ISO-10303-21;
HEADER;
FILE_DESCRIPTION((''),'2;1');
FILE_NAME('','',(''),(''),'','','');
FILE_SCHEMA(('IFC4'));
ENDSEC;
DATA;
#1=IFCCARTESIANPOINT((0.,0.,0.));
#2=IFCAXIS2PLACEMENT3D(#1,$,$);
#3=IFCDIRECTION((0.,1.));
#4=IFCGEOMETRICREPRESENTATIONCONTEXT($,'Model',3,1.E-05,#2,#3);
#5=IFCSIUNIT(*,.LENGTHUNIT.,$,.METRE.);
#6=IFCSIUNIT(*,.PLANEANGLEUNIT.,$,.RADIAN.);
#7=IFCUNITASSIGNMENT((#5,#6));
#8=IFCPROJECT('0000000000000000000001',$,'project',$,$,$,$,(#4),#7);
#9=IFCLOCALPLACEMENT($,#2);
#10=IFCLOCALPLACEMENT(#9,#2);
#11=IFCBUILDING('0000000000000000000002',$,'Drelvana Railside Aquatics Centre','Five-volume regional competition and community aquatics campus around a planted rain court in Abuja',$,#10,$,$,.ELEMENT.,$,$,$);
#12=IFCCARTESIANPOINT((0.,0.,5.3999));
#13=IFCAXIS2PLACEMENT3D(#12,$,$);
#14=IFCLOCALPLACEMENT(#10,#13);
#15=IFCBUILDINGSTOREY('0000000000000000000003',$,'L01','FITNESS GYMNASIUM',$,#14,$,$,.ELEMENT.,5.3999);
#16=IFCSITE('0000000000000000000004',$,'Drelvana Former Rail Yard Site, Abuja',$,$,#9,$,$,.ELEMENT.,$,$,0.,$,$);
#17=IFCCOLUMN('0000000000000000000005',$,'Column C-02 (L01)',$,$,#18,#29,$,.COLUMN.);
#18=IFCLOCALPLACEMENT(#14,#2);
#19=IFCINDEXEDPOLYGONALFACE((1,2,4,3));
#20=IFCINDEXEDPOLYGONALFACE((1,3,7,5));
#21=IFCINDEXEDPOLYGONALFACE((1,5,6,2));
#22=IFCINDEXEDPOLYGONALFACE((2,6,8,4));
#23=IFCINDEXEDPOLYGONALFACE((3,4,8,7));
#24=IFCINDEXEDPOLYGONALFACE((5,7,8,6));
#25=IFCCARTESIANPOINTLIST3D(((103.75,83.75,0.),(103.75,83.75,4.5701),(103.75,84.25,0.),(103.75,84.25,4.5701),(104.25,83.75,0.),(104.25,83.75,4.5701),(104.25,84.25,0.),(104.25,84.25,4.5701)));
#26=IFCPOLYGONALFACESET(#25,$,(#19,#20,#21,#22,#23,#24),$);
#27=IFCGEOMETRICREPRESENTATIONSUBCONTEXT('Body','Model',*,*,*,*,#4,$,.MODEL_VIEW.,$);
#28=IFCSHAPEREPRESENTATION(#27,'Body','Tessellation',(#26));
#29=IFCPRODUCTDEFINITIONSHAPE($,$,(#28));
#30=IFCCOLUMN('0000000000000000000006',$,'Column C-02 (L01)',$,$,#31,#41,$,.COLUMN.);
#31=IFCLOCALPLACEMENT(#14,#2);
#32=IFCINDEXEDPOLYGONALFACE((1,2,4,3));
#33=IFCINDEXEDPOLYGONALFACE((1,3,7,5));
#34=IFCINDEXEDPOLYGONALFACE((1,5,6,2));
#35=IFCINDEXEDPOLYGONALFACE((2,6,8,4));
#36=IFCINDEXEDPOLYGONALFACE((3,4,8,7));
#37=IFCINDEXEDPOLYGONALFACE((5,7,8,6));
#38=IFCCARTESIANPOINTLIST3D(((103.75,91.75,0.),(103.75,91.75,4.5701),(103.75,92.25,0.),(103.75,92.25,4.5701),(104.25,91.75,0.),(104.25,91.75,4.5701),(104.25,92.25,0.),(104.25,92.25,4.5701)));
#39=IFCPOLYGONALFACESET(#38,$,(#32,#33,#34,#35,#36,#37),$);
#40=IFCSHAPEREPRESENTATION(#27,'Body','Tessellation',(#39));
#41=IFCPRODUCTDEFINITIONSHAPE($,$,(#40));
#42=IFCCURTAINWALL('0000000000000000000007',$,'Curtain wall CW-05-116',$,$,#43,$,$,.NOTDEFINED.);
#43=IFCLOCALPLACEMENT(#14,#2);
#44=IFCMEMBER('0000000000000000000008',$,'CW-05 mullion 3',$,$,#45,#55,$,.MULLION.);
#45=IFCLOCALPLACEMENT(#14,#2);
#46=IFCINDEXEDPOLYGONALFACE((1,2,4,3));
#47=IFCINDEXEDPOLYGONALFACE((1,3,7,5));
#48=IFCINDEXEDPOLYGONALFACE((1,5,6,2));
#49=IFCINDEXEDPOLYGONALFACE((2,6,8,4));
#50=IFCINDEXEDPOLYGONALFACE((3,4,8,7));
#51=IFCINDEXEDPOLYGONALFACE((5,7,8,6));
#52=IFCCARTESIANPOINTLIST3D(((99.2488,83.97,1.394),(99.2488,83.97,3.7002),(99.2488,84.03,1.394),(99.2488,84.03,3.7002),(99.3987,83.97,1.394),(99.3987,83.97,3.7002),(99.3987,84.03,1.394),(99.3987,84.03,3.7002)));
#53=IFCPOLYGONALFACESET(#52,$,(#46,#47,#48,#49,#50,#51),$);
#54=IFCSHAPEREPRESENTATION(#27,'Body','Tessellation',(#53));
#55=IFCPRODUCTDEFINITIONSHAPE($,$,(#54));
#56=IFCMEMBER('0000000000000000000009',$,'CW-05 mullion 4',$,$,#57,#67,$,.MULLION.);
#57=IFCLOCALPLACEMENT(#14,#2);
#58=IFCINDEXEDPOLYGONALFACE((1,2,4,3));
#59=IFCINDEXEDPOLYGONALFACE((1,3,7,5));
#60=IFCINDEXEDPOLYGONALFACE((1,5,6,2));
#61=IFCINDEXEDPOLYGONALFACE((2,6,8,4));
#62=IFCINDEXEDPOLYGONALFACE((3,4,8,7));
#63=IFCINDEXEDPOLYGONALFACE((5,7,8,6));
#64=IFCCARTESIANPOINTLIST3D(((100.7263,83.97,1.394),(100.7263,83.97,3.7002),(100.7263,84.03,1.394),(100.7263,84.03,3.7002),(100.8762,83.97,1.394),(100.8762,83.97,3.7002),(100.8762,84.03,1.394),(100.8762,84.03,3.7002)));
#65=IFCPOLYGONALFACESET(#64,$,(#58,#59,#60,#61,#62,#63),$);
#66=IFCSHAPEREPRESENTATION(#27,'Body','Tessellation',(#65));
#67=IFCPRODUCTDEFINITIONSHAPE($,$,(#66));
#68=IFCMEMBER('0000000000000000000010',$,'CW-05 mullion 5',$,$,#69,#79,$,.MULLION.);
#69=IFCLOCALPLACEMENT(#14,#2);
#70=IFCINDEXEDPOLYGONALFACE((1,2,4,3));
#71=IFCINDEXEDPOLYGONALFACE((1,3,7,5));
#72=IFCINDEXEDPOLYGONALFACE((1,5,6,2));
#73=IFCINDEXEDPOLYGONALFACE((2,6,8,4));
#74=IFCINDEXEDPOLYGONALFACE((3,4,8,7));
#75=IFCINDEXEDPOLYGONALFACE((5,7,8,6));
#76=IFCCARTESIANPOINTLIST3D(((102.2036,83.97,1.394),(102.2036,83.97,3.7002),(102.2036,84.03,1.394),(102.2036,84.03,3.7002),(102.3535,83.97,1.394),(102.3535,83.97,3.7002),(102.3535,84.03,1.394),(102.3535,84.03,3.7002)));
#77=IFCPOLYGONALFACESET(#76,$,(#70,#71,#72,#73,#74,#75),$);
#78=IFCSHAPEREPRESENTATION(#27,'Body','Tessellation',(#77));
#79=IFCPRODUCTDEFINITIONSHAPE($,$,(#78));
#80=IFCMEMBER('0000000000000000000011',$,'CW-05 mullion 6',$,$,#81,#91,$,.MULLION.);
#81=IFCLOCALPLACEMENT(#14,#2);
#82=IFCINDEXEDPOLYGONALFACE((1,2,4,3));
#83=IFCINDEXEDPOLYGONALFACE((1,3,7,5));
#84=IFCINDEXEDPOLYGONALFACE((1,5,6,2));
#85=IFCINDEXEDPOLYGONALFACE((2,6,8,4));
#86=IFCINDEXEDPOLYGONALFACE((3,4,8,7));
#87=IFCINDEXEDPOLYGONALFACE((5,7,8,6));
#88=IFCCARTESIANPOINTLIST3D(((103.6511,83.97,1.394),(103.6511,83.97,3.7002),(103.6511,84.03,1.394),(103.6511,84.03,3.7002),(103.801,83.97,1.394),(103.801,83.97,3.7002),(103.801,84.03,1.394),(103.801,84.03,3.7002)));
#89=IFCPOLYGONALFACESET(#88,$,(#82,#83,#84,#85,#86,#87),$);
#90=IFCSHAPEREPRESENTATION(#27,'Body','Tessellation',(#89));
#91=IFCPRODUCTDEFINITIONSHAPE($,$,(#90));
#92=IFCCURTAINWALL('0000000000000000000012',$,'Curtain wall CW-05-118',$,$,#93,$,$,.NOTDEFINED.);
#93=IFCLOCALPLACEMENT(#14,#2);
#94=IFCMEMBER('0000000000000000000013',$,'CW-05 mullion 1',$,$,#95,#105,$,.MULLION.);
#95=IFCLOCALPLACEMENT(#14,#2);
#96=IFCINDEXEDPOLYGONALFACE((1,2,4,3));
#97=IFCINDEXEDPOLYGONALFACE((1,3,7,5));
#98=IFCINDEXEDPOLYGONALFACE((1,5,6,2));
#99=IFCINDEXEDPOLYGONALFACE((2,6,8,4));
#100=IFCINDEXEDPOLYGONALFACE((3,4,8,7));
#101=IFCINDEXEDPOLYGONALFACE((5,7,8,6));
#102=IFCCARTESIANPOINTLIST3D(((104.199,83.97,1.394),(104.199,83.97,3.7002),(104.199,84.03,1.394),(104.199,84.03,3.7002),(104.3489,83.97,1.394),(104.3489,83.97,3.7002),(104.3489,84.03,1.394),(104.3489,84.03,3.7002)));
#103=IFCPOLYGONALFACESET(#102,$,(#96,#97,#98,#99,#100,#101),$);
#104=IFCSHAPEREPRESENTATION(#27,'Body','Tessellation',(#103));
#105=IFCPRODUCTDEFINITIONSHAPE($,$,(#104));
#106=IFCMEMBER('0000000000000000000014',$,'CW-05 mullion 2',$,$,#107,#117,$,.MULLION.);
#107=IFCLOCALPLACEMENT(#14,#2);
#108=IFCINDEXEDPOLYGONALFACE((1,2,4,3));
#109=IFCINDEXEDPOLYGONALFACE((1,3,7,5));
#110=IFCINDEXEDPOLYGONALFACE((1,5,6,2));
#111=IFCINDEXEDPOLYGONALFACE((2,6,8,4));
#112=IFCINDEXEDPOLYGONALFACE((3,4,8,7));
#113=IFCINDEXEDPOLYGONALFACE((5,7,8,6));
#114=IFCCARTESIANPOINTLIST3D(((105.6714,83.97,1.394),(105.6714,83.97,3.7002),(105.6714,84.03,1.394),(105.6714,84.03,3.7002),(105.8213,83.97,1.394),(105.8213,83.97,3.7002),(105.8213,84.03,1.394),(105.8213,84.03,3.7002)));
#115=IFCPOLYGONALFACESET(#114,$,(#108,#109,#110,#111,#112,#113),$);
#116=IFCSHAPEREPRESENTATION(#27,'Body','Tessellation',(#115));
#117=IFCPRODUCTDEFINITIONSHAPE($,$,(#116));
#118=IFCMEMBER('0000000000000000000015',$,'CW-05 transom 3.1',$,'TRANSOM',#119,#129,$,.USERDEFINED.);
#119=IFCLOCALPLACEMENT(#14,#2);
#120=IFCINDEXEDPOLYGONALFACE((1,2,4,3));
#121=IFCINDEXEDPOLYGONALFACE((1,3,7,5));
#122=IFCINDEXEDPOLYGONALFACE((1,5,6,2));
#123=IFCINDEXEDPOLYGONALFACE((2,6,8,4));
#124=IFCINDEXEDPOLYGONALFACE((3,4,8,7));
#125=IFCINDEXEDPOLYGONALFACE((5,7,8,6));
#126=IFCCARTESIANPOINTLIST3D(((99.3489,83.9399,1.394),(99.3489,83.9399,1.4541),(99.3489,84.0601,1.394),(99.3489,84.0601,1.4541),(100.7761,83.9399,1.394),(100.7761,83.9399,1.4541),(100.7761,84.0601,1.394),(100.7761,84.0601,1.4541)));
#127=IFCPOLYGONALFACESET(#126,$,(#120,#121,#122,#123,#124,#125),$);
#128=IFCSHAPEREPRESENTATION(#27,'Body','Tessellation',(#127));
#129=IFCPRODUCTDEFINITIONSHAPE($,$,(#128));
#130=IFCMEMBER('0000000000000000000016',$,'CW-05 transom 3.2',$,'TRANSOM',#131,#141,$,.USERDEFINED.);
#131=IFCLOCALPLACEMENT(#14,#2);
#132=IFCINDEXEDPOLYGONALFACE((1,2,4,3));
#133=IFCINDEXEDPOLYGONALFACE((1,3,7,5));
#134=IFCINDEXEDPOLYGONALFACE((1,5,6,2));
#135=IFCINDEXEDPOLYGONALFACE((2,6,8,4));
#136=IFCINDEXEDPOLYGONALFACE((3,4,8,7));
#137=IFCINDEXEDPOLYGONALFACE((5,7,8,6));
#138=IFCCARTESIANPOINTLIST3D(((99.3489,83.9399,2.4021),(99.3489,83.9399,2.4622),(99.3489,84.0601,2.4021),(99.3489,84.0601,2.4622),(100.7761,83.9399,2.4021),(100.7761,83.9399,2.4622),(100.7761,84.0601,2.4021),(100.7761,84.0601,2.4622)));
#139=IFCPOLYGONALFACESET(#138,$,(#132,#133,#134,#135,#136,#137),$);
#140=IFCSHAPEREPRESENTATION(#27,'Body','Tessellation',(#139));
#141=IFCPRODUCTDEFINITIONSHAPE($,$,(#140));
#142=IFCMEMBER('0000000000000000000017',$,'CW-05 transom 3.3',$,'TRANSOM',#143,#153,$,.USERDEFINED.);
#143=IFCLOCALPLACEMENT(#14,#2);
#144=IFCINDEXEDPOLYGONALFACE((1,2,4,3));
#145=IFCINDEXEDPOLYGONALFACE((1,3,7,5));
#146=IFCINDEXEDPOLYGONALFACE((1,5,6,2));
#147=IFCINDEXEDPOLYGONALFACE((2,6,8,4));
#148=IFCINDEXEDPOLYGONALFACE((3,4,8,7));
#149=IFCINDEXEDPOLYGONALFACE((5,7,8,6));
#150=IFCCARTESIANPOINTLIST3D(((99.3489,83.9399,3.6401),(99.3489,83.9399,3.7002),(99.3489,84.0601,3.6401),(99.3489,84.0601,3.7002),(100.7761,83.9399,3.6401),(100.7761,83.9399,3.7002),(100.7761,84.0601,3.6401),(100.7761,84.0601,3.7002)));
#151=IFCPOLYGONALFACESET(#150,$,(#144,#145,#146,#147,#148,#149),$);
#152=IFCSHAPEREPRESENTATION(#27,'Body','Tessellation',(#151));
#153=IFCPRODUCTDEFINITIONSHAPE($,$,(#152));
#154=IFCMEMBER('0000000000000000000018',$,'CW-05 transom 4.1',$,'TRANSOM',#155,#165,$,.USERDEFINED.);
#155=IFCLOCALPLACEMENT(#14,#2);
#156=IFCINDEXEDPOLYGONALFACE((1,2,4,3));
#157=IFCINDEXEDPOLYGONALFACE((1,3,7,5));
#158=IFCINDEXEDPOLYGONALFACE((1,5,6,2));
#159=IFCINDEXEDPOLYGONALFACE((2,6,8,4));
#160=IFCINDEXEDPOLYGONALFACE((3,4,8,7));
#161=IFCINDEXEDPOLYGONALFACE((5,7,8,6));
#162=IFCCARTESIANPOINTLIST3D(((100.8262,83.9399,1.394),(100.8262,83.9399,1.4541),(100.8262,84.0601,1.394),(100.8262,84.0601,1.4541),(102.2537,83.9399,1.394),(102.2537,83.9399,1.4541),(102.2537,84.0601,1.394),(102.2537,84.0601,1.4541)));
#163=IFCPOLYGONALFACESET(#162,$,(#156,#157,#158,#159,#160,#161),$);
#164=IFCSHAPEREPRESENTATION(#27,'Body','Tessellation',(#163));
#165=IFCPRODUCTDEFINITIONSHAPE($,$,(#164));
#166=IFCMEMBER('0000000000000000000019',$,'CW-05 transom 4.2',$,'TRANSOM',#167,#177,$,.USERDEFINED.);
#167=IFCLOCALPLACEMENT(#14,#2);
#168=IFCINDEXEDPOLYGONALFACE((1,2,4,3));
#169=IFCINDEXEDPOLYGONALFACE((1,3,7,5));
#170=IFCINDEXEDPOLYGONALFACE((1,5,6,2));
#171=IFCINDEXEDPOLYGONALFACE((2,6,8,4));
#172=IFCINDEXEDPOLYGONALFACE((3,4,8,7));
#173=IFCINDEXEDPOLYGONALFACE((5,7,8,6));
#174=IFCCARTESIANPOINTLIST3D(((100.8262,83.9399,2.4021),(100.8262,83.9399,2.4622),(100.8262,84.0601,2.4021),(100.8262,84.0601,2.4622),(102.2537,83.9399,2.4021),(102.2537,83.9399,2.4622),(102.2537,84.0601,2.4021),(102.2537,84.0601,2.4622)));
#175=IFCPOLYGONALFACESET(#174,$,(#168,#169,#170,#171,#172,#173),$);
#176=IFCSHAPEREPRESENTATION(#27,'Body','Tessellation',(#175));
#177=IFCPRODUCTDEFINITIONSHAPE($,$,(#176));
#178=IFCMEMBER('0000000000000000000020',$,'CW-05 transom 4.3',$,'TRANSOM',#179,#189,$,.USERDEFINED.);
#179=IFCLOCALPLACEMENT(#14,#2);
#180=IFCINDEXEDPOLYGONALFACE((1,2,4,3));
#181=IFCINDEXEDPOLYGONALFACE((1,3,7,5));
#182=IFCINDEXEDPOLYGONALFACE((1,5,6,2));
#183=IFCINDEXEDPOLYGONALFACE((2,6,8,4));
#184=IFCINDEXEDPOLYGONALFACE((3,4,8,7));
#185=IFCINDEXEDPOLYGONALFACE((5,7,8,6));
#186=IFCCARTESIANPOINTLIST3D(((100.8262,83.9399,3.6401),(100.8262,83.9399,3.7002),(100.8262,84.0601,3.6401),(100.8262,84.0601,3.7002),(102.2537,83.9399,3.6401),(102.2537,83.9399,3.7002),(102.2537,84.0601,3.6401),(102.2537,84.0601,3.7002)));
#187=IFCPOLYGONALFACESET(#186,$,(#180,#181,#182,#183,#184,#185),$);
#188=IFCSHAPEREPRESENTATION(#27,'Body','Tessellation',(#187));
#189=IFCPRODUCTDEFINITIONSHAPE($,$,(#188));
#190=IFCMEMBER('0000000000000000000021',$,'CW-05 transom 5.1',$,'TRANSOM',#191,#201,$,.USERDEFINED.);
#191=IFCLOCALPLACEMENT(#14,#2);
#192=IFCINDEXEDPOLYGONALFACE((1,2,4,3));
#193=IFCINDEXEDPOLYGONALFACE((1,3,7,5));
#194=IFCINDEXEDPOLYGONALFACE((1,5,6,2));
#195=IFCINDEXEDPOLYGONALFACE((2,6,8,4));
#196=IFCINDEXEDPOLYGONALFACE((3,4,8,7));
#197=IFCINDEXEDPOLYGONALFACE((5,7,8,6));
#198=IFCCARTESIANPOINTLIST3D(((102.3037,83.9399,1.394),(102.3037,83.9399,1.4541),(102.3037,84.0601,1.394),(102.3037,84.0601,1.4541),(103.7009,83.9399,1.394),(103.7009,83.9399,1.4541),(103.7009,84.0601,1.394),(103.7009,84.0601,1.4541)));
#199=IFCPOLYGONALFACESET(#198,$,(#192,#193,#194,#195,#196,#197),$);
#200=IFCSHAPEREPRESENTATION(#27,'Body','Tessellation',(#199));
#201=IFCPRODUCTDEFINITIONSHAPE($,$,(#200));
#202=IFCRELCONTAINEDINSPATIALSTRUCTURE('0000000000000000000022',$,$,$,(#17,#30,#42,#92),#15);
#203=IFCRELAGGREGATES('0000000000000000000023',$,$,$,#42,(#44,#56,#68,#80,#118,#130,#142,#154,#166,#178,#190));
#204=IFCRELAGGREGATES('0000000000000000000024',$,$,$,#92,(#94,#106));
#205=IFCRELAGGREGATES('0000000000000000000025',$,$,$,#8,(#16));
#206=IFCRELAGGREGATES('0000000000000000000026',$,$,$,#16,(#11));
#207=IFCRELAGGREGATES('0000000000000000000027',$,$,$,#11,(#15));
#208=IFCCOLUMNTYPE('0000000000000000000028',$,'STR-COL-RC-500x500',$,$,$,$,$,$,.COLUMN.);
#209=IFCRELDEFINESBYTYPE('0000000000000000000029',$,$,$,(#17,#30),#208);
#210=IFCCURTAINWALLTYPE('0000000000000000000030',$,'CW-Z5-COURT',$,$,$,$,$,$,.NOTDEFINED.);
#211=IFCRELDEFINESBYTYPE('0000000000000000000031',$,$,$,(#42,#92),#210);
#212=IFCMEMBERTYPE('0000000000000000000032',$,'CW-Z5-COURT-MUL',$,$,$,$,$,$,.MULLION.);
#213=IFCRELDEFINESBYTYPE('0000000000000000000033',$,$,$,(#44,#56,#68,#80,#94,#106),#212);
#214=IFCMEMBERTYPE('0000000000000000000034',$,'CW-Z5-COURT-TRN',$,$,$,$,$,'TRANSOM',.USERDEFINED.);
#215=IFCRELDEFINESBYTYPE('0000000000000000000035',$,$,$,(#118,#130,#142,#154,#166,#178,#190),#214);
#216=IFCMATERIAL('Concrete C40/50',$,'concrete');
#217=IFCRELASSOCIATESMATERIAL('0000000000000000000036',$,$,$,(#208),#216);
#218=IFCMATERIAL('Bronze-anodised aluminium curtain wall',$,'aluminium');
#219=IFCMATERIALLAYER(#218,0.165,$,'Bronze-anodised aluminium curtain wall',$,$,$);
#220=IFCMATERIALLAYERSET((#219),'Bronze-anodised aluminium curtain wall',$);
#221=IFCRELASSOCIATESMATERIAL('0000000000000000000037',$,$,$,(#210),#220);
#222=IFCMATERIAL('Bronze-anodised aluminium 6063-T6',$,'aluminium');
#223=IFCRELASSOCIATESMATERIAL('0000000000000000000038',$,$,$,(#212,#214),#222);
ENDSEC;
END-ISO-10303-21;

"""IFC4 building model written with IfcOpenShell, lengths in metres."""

from ifc_helpers import new_model, si_unit, direction, frame, origin, origin_2d, place, context, subcontext, project, spatial, rectangle, extrude, material, layer, layer_set, material_profile, profile_set, type_object, element, aggregate, save


model = new_model("IFC4")

# Units and contexts
model_context = context("Model", 3, precision=1e-05, world=origin(), true_north=direction((0.0, 1.0)))
body_context = subcontext(model_context, "Body", "Model", "MODEL_VIEW")
ifc_project = project(units=[si_unit("LENGTHUNIT", "METRE"), si_unit("PLANEANGLEUNIT", "RADIAN")], contexts=[model_context])

# Site, building, storey
site_placement = place(None, origin())
site = spatial("IfcSite", under=ifc_project, at=site_placement, Name="Drelvana Former Rail Yard Site, Abuja", CompositionType="ELEMENT", RefElevation=0.0)
building_placement = place(site_placement, origin())
building = spatial("IfcBuilding", under=site, at=building_placement, Name="Drelvana Railside Aquatics Centre", Description="Five-volume regional competition and community aquatics campus around a planted rain court in Abuja", CompositionType="ELEMENT")
storey_placement = place(building_placement, frame((0.0, 0.0, 5.3999)))
storey = spatial("IfcBuildingStorey", under=building, at=storey_placement, Name="L01", Description="FITNESS GYMNASIUM", CompositionType="ELEMENT", Elevation=5.3999)

# Columns
ifc_material_1 = material(Name="Concrete C40/50", Category="concrete")
ifc_material_profile_1 = material_profile(ifc_material_1, rectangle(XDim=0.5, YDim=0.5, at=origin_2d()), Name="RC 500x500")
ifc_profile_set_1 = profile_set([ifc_material_profile_1], Name="Concrete C40/50")
column_type = type_object("IfcColumnType", Name="STR-COL-RC-500x500", PredefinedType="COLUMN", material=ifc_profile_set_1)
for number, where, z_axis, x_axis, name in (
    (1, (104.0, 84.0, 0.0), (0.0, 0.0, 1.0), (1.0, 0.0, 0.0), "Column C-02 (L01)"),
    (2, (104.0, 92.0, 0.0), (0.0, 0.0, 1.0), (1.0, 0.0, 0.0), "Column C-02 (L01)"),
):
    element("IfcColumn", number, at=place(storey_placement, frame(where, z_axis=z_axis, x_axis=x_axis)), inside=storey, type_object=column_type, Name=name, PredefinedType="COLUMN", context=body_context, shape_type="SweptSolid", body=[
        extrude(rectangle(XDim=0.5, YDim=0.5, at=origin_2d()), origin(), (0.0, 0.0, 1.0), 4.5701),
    ])

# Curtain walls, members
ifc_material_2 = material(Name="Bronze-anodised aluminium curtain wall", Category="aluminium")
ifc_layer_1 = layer(ifc_material_2, 0.165, Name="Bronze-anodised aluminium curtain wall")
ifc_layer_set_1 = layer_set([ifc_layer_1], Name="Bronze-anodised aluminium curtain wall")
curtain_wall_type = type_object("IfcCurtainWallType", Name="CW-Z5-COURT", PredefinedType="NOTDEFINED", material=ifc_layer_set_1)
curtain_wall_1_placement = place(storey_placement, origin())
curtain_wall_1 = element("IfcCurtainWall", 3, at=curtain_wall_1_placement, inside=storey, type_object=curtain_wall_type, Name="Curtain wall CW-05-116", PredefinedType="NOTDEFINED")
ifc_material_3 = material(Name="Bronze-anodised aluminium 6063-T6", Category="aluminium")
ifc_material_profile_2 = material_profile(ifc_material_3, rectangle(XDim=0.0601, YDim=0.1499, at=origin_2d()), Name="ALU-M 60x150")
ifc_profile_set_2 = profile_set([ifc_material_profile_2], Name="Bronze-anodised aluminium 6063-T6")
member_type_1 = type_object("IfcMemberType", Name="CW-Z5-COURT-MUL", PredefinedType="MULLION", material=ifc_profile_set_2)
member_1_placement = place(storey_placement, frame((99.3237, 84.0, 1.394), z_axis=(0.0, 0.0, 1.0), x_axis=(0.0, 1.0, 0.0)))
member_1 = element("IfcMember", 4, at=member_1_placement, type_object=member_type_1, Name="CW-05 mullion 3", PredefinedType="MULLION", context=body_context, shape_type="SweptSolid", body=[
    extrude(rectangle(XDim=0.0601, YDim=0.1499, at=origin_2d()), origin(), (0.0, 0.0, 1.0), 2.3062),
])
member_2_placement = place(storey_placement, frame((100.8013, 84.0, 1.394), z_axis=(0.0, 0.0, 1.0), x_axis=(0.0, 1.0, 0.0)))
member_2 = element("IfcMember", 5, at=member_2_placement, type_object=member_type_1, Name="CW-05 mullion 4", PredefinedType="MULLION", context=body_context, shape_type="SweptSolid", body=[
    extrude(rectangle(XDim=0.0601, YDim=0.1499, at=origin_2d()), origin(), (0.0, 0.0, 1.0), 2.3062),
])
member_3_placement = place(storey_placement, frame((102.2786, 84.0, 1.394), z_axis=(0.0, 0.0, 1.0), x_axis=(0.0, 1.0, 0.0)))
member_3 = element("IfcMember", 6, at=member_3_placement, type_object=member_type_1, Name="CW-05 mullion 5", PredefinedType="MULLION", context=body_context, shape_type="SweptSolid", body=[
    extrude(rectangle(XDim=0.0601, YDim=0.1499, at=origin_2d()), origin(), (0.0, 0.0, 1.0), 2.3062),
])
member_4_placement = place(storey_placement, frame((103.7261, 84.0, 1.394), z_axis=(0.0, 0.0, 1.0), x_axis=(0.0, 1.0, 0.0)))
member_4 = element("IfcMember", 7, at=member_4_placement, type_object=member_type_1, Name="CW-05 mullion 6", PredefinedType="MULLION", context=body_context, shape_type="SweptSolid", body=[
    extrude(rectangle(XDim=0.0601, YDim=0.1499, at=origin_2d()), origin(), (0.0, 0.0, 1.0), 2.3062),
])
curtain_wall_2_placement = place(storey_placement, origin())
curtain_wall_2 = element("IfcCurtainWall", 8, at=curtain_wall_2_placement, inside=storey, type_object=curtain_wall_type, Name="Curtain wall CW-05-118", PredefinedType="NOTDEFINED")
member_5_placement = place(storey_placement, frame((104.2739, 84.0, 1.394), z_axis=(0.0, 0.0, 1.0), x_axis=(0.0, 1.0, 0.0)))
member_5 = element("IfcMember", 9, at=member_5_placement, type_object=member_type_1, Name="CW-05 mullion 1", PredefinedType="MULLION", context=body_context, shape_type="SweptSolid", body=[
    extrude(rectangle(XDim=0.0601, YDim=0.1499, at=origin_2d()), origin(), (0.0, 0.0, 1.0), 2.3062),
])
member_6_placement = place(storey_placement, frame((105.7463, 84.0, 1.394), z_axis=(0.0, 0.0, 1.0), x_axis=(0.0, 1.0, 0.0)))
member_6 = element("IfcMember", 10, at=member_6_placement, type_object=member_type_1, Name="CW-05 mullion 2", PredefinedType="MULLION", context=body_context, shape_type="SweptSolid", body=[
    extrude(rectangle(XDim=0.0601, YDim=0.1499, at=origin_2d()), origin(), (0.0, 0.0, 1.0), 2.3062),
])

# Members
ifc_material_profile_3 = material_profile(ifc_material_3, rectangle(XDim=0.1201, YDim=0.0601, at=origin_2d()), Name="ALU-T 60x120")
ifc_profile_set_3 = profile_set([ifc_material_profile_3], Name="Bronze-anodised aluminium 6063-T6")
member_type_2 = type_object("IfcMemberType", Name="CW-Z5-COURT-TRN", ElementType="TRANSOM", PredefinedType="USERDEFINED", material=ifc_profile_set_3)
member_7_placement = place(storey_placement, frame((99.3489, 84.0, 1.4241), z_axis=(1.0, 0.0, 0.0), x_axis=(0.0, 1.0, 0.0)))
member_7 = element("IfcMember", 11, at=member_7_placement, type_object=member_type_2, Name="CW-05 transom 3.1", ObjectType="TRANSOM", PredefinedType="USERDEFINED", context=body_context, shape_type="SweptSolid", body=[
    extrude(rectangle(XDim=0.1201, YDim=0.0601, at=origin_2d()), origin(), (0.0, 0.0, 1.0), 1.4272),
])
member_8_placement = place(storey_placement, frame((99.3489, 84.0, 2.4321), z_axis=(1.0, 0.0, 0.0), x_axis=(0.0, 1.0, 0.0)))
member_8 = element("IfcMember", 12, at=member_8_placement, type_object=member_type_2, Name="CW-05 transom 3.2", ObjectType="TRANSOM", PredefinedType="USERDEFINED", context=body_context, shape_type="SweptSolid", body=[
    extrude(rectangle(XDim=0.1201, YDim=0.0601, at=origin_2d()), origin(), (0.0, 0.0, 1.0), 1.4272),
])
member_9_placement = place(storey_placement, frame((99.3489, 84.0, 3.6702), z_axis=(1.0, 0.0, 0.0), x_axis=(0.0, 1.0, 0.0)))
member_9 = element("IfcMember", 13, at=member_9_placement, type_object=member_type_2, Name="CW-05 transom 3.3", ObjectType="TRANSOM", PredefinedType="USERDEFINED", context=body_context, shape_type="SweptSolid", body=[
    extrude(rectangle(XDim=0.1201, YDim=0.0601, at=origin_2d()), origin(), (0.0, 0.0, 1.0), 1.4272),
])
member_10_placement = place(storey_placement, frame((100.8262, 84.0, 1.4241), z_axis=(1.0, 0.0, 0.0), x_axis=(0.0, 1.0, 0.0)))
member_10 = element("IfcMember", 14, at=member_10_placement, type_object=member_type_2, Name="CW-05 transom 4.1", ObjectType="TRANSOM", PredefinedType="USERDEFINED", context=body_context, shape_type="SweptSolid", body=[
    extrude(rectangle(XDim=0.1201, YDim=0.0601, at=origin_2d()), origin(), (0.0, 0.0, 1.0), 1.4275),
])
member_11_placement = place(storey_placement, frame((100.8262, 84.0, 2.4321), z_axis=(1.0, 0.0, 0.0), x_axis=(0.0, 1.0, 0.0)))
member_11 = element("IfcMember", 15, at=member_11_placement, type_object=member_type_2, Name="CW-05 transom 4.2", ObjectType="TRANSOM", PredefinedType="USERDEFINED", context=body_context, shape_type="SweptSolid", body=[
    extrude(rectangle(XDim=0.1201, YDim=0.0601, at=origin_2d()), origin(), (0.0, 0.0, 1.0), 1.4275),
])
member_12_placement = place(storey_placement, frame((100.8262, 84.0, 3.6702), z_axis=(1.0, 0.0, 0.0), x_axis=(0.0, 1.0, 0.0)))
member_12 = element("IfcMember", 16, at=member_12_placement, type_object=member_type_2, Name="CW-05 transom 4.3", ObjectType="TRANSOM", PredefinedType="USERDEFINED", context=body_context, shape_type="SweptSolid", body=[
    extrude(rectangle(XDim=0.1201, YDim=0.0601, at=origin_2d()), origin(), (0.0, 0.0, 1.0), 1.4275),
])
member_13_placement = place(storey_placement, frame((102.3037, 84.0, 1.4241), z_axis=(1.0, 0.0, 0.0), x_axis=(0.0, 1.0, 0.0)))
member_13 = element("IfcMember", 17, at=member_13_placement, type_object=member_type_2, Name="CW-05 transom 5.1", ObjectType="TRANSOM", PredefinedType="USERDEFINED", context=body_context, shape_type="SweptSolid", body=[
    extrude(rectangle(XDim=0.1201, YDim=0.0601, at=origin_2d()), origin(), (0.0, 0.0, 1.0), 1.3972),
])

aggregate(curtain_wall_1, [member_1, member_2, member_3, member_4, member_7, member_8, member_9, member_10, member_11, member_12, member_13])
aggregate(curtain_wall_2, [member_5, member_6])

save(model, "model.ifc")
